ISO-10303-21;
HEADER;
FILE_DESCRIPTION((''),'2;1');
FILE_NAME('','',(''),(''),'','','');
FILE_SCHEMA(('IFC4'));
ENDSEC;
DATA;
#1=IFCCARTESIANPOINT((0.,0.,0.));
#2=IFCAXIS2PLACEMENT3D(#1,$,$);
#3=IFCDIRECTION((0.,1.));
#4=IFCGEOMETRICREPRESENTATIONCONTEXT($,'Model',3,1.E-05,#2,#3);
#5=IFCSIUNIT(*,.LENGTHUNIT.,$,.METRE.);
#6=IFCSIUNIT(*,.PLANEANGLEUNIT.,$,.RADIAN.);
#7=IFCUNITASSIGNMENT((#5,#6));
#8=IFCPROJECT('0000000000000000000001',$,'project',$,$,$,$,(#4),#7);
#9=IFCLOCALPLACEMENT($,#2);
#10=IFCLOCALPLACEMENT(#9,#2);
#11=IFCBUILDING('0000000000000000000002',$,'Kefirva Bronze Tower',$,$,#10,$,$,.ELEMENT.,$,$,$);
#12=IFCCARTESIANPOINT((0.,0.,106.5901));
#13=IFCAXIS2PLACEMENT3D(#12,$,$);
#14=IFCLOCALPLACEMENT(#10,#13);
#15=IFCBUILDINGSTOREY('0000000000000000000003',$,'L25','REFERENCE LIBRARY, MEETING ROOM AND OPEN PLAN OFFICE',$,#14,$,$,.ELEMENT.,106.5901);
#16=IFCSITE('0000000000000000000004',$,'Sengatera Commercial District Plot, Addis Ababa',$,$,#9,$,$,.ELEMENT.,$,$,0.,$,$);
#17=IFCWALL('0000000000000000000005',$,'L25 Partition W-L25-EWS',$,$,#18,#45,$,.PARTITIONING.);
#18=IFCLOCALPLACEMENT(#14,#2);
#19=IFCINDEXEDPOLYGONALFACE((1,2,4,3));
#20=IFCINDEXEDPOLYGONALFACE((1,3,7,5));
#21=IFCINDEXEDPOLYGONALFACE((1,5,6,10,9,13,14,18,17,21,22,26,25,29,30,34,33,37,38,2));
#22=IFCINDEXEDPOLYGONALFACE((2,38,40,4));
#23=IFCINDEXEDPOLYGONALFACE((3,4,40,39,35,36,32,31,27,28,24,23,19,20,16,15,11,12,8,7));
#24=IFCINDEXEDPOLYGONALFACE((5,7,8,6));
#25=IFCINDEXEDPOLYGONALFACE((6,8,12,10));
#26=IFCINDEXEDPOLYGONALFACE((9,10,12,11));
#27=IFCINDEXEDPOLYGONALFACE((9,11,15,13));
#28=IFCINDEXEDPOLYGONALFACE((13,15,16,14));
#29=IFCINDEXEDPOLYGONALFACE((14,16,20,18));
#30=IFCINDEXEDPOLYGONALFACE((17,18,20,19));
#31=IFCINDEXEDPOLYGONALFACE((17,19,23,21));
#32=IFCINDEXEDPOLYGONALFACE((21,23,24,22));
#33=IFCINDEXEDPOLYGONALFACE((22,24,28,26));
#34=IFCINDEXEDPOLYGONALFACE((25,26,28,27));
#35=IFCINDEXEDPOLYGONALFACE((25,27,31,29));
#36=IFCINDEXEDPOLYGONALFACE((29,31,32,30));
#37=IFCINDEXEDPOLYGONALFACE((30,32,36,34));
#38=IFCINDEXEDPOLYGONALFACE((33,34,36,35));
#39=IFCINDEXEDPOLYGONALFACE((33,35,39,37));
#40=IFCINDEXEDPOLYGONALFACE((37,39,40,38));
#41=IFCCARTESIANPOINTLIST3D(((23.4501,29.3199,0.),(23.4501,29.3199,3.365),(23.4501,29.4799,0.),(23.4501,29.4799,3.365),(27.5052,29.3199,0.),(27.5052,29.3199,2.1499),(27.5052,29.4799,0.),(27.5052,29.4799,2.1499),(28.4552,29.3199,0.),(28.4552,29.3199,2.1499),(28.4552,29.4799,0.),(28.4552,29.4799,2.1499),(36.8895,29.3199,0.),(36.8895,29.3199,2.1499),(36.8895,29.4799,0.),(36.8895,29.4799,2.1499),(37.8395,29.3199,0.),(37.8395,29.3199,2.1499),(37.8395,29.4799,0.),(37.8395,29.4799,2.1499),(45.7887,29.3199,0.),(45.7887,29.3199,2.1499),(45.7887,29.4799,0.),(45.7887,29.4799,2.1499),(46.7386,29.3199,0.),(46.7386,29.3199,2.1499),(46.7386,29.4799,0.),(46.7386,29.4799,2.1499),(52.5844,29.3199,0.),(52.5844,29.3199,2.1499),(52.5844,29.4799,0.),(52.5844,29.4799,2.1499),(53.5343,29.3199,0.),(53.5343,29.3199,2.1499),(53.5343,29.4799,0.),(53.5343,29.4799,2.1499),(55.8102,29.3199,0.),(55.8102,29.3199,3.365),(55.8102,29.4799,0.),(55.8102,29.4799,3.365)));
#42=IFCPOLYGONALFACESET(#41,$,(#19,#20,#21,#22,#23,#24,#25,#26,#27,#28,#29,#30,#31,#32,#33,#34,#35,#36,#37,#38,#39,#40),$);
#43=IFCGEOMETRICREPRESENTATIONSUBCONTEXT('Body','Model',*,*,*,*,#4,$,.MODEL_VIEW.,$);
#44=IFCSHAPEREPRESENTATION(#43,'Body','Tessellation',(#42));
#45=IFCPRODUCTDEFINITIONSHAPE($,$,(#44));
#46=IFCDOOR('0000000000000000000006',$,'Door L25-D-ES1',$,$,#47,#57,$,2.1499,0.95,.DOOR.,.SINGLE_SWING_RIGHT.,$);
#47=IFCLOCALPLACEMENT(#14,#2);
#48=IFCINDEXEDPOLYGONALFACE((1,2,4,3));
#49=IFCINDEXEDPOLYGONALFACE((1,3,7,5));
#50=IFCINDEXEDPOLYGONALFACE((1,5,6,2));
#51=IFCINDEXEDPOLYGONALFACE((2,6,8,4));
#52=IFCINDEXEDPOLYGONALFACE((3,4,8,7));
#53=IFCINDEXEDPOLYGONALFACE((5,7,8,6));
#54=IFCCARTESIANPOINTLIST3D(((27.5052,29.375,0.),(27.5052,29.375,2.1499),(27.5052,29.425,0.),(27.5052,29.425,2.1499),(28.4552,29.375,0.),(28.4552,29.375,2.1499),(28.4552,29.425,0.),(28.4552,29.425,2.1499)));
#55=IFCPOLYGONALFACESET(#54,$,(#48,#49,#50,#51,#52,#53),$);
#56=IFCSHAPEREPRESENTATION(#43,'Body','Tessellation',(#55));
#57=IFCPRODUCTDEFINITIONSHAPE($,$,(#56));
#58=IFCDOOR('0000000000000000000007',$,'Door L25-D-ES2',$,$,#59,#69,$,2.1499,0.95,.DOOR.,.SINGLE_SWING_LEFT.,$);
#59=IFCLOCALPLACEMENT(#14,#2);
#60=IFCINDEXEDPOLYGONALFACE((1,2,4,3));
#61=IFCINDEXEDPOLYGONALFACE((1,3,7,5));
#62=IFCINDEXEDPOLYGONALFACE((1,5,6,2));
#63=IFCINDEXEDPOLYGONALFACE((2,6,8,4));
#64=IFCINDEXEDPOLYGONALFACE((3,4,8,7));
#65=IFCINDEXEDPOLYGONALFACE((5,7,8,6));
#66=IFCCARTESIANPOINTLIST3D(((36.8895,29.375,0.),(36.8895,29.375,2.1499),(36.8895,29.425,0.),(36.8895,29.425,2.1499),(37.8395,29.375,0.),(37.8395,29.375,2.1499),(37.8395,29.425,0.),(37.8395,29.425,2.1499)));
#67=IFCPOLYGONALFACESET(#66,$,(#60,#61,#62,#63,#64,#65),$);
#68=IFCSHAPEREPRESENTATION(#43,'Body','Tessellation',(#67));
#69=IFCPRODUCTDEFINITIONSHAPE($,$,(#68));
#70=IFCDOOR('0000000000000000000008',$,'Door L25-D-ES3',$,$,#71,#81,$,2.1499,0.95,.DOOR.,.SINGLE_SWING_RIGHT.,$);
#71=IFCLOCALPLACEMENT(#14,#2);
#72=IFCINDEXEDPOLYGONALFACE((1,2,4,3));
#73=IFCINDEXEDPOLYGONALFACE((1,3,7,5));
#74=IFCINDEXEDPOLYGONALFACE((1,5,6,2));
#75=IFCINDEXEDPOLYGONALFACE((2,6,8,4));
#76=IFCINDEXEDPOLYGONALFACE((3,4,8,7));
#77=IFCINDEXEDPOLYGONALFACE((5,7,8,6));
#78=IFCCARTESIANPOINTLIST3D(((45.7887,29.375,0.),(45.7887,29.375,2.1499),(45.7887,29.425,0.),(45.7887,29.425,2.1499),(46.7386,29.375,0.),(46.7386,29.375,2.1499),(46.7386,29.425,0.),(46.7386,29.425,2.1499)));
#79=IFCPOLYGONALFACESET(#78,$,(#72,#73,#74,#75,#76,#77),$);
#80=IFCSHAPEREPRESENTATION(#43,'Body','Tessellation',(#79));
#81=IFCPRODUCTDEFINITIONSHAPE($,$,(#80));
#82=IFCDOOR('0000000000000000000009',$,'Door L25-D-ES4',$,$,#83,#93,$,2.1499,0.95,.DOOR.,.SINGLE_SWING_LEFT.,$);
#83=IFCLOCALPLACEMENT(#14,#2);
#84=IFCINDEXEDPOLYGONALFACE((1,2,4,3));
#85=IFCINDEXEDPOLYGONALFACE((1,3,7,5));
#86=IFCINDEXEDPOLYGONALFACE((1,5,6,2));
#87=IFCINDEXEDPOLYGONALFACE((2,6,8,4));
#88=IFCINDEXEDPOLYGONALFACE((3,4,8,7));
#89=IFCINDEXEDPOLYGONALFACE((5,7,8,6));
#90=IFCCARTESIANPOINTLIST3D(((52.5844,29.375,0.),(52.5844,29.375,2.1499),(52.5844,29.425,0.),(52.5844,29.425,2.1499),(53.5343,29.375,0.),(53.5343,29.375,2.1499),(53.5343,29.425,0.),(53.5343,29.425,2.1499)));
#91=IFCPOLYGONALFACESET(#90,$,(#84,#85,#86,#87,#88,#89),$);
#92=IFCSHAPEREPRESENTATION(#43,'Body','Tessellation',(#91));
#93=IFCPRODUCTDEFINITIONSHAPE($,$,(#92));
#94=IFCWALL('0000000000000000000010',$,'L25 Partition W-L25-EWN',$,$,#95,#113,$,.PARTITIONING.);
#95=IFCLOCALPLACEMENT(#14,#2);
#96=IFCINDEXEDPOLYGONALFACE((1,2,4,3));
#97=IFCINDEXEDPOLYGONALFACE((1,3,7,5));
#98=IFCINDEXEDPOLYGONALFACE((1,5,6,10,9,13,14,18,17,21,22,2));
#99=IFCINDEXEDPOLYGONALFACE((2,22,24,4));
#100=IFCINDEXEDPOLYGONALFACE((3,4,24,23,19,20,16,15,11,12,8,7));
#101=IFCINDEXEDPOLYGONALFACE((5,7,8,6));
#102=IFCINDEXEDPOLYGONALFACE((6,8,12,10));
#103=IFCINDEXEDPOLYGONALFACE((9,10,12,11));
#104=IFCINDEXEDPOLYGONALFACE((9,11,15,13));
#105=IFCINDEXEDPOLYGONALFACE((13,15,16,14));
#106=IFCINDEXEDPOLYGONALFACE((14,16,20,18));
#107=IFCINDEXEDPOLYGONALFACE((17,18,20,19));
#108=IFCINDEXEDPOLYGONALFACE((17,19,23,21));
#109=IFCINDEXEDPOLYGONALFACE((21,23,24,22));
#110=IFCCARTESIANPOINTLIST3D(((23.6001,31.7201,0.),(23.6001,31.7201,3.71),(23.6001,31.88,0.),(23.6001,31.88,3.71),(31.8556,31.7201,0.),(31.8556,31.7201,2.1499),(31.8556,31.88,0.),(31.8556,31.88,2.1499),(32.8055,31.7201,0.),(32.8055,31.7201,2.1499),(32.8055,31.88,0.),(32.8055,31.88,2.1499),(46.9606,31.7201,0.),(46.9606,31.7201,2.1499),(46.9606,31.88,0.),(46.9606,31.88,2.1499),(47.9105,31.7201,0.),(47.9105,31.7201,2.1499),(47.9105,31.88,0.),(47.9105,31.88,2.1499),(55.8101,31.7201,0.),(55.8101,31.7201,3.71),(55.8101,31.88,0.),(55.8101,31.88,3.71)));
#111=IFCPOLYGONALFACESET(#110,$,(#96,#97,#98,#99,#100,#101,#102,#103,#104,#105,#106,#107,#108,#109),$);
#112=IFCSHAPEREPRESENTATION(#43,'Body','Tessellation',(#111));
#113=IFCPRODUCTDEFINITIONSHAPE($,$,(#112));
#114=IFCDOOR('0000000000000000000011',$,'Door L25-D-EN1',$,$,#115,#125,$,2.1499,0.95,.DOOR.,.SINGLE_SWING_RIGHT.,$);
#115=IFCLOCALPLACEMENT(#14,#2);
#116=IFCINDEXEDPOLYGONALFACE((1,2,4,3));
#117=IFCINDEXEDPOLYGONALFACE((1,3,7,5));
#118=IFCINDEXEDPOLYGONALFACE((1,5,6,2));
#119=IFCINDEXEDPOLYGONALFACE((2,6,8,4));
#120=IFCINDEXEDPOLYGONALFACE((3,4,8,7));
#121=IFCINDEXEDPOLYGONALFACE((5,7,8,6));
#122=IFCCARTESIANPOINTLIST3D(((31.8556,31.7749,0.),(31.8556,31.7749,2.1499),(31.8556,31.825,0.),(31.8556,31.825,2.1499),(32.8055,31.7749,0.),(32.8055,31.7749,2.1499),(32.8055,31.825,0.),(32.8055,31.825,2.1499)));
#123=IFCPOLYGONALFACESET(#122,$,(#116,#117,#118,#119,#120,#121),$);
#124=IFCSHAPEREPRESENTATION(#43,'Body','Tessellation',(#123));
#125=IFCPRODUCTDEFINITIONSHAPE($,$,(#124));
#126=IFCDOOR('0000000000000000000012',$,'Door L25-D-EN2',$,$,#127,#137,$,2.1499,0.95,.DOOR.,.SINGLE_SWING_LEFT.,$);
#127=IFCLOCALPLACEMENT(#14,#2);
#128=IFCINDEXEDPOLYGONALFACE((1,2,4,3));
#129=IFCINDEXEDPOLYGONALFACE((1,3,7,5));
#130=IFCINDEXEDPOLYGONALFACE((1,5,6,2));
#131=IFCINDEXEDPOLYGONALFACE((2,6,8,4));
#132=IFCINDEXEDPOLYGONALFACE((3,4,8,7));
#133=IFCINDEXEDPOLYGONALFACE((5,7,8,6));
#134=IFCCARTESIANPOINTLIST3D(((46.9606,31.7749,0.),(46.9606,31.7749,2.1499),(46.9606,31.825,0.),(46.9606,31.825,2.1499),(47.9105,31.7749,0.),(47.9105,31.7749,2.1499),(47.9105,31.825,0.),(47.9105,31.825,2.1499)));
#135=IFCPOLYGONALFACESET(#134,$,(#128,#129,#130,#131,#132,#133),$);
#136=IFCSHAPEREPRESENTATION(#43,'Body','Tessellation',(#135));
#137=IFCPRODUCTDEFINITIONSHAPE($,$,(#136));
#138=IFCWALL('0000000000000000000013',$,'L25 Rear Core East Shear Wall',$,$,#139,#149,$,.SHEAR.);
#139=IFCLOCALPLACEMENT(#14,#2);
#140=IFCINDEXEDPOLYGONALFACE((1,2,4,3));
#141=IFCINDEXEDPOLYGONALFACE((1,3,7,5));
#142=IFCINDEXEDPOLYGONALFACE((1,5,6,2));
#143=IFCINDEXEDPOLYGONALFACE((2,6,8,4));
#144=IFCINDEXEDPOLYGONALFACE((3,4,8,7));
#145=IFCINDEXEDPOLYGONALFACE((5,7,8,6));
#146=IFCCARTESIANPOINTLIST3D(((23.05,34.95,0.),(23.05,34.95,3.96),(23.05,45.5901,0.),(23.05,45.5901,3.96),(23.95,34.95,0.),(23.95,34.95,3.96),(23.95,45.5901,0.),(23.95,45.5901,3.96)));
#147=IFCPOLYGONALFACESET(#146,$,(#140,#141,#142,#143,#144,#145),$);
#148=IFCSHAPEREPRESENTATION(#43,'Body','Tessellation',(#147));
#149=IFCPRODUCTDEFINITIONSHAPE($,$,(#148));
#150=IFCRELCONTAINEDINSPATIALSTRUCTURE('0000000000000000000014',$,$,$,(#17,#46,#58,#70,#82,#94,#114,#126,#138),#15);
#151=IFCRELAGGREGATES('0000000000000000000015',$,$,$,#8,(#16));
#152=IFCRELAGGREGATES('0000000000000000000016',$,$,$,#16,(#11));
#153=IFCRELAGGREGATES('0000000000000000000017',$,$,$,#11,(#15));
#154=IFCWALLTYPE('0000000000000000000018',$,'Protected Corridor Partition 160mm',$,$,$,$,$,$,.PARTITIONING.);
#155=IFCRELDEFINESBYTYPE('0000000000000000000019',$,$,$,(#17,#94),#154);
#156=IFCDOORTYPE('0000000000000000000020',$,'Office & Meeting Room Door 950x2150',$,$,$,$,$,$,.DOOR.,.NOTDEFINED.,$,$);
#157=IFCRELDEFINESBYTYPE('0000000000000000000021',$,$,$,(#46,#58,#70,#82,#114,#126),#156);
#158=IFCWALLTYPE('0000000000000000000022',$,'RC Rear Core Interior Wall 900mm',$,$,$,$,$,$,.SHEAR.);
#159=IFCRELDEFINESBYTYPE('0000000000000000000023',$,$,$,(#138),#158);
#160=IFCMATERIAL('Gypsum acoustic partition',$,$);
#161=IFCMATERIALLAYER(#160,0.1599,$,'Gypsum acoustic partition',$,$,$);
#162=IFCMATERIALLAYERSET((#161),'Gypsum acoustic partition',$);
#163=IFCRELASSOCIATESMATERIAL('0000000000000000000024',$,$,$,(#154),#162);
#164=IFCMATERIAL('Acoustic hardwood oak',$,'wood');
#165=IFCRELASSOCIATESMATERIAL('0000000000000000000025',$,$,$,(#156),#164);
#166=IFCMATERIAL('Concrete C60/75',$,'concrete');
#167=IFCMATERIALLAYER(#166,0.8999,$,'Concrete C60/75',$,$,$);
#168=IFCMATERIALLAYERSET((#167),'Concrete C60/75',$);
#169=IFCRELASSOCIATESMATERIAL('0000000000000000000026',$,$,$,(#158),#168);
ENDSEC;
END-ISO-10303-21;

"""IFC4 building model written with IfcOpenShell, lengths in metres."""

from ifc_helpers import new_model, si_unit, direction, frame, frame_2d, origin, place, context, subcontext, project, spatial, rectangle, extrude, material, layer, layer_set, type_object, element, fill, save


model = new_model("IFC4")

# Units and contexts
model_context = context("Model", 3, precision=1e-05, world=origin(), true_north=direction((0.0, 1.0)))
body_context = subcontext(model_context, "Body", "Model", "MODEL_VIEW")
ifc_project = project(units=[si_unit("LENGTHUNIT", "METRE"), si_unit("PLANEANGLEUNIT", "RADIAN")], contexts=[model_context])

# Site, building, storey
site_placement = place(None, origin())
site = spatial("IfcSite", under=ifc_project, at=site_placement, Name="Sengatera Commercial District Plot, Addis Ababa", CompositionType="ELEMENT", RefElevation=0.0)
building_placement = place(site_placement, origin())
building = spatial("IfcBuilding", under=site, at=building_placement, Name="Kefirva Bronze Tower", CompositionType="ELEMENT")
storey_placement = place(building_placement, frame((0.0, 0.0, 106.5901)))
storey = spatial("IfcBuildingStorey", under=building, at=storey_placement, Name="L25", Description="REFERENCE LIBRARY, MEETING ROOM AND OPEN PLAN OFFICE", CompositionType="ELEMENT", Elevation=106.5901)

# Shared definitions
ifc_material_1 = material(Name="Concrete C60/75", Category="concrete")

# Walls, openings, doors
ifc_material_2 = material(Name="Gypsum acoustic partition")
ifc_layer_1 = layer(ifc_material_2, 0.1599, Name="Gypsum acoustic partition")
ifc_layer_set_1 = layer_set([ifc_layer_1], Name="Gypsum acoustic partition")
wall_type_1 = type_object("IfcWallType", Name="Protected Corridor Partition 160mm", PredefinedType="PARTITIONING", material=ifc_layer_set_1)
wall_1_placement = place(storey_placement, frame((23.45, 29.3999, 0.0), z_axis=(0.0, 0.0, 1.0), x_axis=(1.0, 0.0, 0.0)))
wall_1 = element("IfcWall", 1, at=wall_1_placement, inside=storey, type_object=wall_type_1, Name="L25 Partition W-L25-EWS", PredefinedType="PARTITIONING", context=body_context, shape_type="SweptSolid", body=[
    extrude(rectangle(XDim=32.3601, YDim=0.1599, at=frame_2d((16.1802, 0.0))), origin(), (0.0, 0.0, 1.0), 3.365),
])
opening_1_placement = place(wall_1_placement, frame((5.0054, 0.0, 0.0), z_axis=(0.0, 0.0, 1.0), x_axis=(-1.0, 0.0, 0.0)))
opening_1 = element("IfcOpeningElement", 2, at=opening_1_placement, cuts=wall_1, PredefinedType="OPENING", context=body_context, shape_type="SweptSolid", body=[
    extrude(rectangle(XDim=0.95, YDim=2.1499, at=frame_2d((0.4751, 1.075))), frame((0.0, 0.0898, 0.0), z_axis=(0.0, -1.0, 0.0), x_axis=(1.0, 0.0, 0.0)), (0.0, 0.0, 1.0), 0.1799),
])
opening_2_placement = place(wall_1_placement, frame((14.3896, 0.0, 0.0), z_axis=(0.0, 0.0, 1.0), x_axis=(-1.0, 0.0, 0.0)))
opening_2 = element("IfcOpeningElement", 3, at=opening_2_placement, cuts=wall_1, PredefinedType="OPENING", context=body_context, shape_type="SweptSolid", body=[
    extrude(rectangle(XDim=0.95, YDim=2.1499, at=frame_2d((0.4751, 1.075))), frame((0.0, 0.0898, 0.0), z_axis=(0.0, -1.0, 0.0), x_axis=(1.0, 0.0, 0.0)), (0.0, 0.0, 1.0), 0.1799),
])
opening_3_placement = place(wall_1_placement, frame((23.2888, 0.0, 0.0), z_axis=(0.0, 0.0, 1.0), x_axis=(-1.0, 0.0, 0.0)))
opening_3 = element("IfcOpeningElement", 4, at=opening_3_placement, cuts=wall_1, PredefinedType="OPENING", context=body_context, shape_type="SweptSolid", body=[
    extrude(rectangle(XDim=0.95, YDim=2.1499, at=frame_2d((0.4751, 1.075))), frame((0.0, 0.0898, 0.0), z_axis=(0.0, -1.0, 0.0), x_axis=(1.0, 0.0, 0.0)), (0.0, 0.0, 1.0), 0.1799),
])
opening_4_placement = place(wall_1_placement, frame((30.0845, 0.0, 0.0), z_axis=(0.0, 0.0, 1.0), x_axis=(-1.0, 0.0, 0.0)))
opening_4 = element("IfcOpeningElement", 5, at=opening_4_placement, cuts=wall_1, PredefinedType="OPENING", context=body_context, shape_type="SweptSolid", body=[
    extrude(rectangle(XDim=0.95, YDim=2.1499, at=frame_2d((0.4751, 1.075))), frame((0.0, 0.0898, 0.0), z_axis=(0.0, -1.0, 0.0), x_axis=(1.0, 0.0, 0.0)), (0.0, 0.0, 1.0), 0.1799),
])
ifc_material_3 = material(Name="Acoustic hardwood oak", Category="wood")
door_type_1 = type_object("IfcDoorType", Name="Office & Meeting Room Door 950x2150", OperationType="NOTDEFINED", PredefinedType="DOOR", material=ifc_material_3)
door_1_placement = place(opening_1_placement, origin())
door_1 = element("IfcDoor", 6, at=door_1_placement, inside=storey, type_object=door_type_1, Name="Door L25-D-ES1", OperationType="SINGLE_SWING_RIGHT", OverallHeight=2.1499, OverallWidth=0.95, PredefinedType="DOOR", context=body_context, shape_type="SweptSolid", body=[
    extrude(rectangle(XDim=0.95, YDim=2.1499, at=frame_2d((0.4751, 1.075))), frame((0.0, 0.0249, 0.0), z_axis=(0.0, -1.0, 0.0), x_axis=(1.0, 0.0, 0.0)), (0.0, 0.0, 1.0), 0.05),
])
fill(opening_1, door_1)
door_2_placement = place(opening_2_placement, origin())
door_2 = element("IfcDoor", 7, at=door_2_placement, inside=storey, type_object=door_type_1, Name="Door L25-D-ES2", OperationType="SINGLE_SWING_LEFT", OverallHeight=2.1499, OverallWidth=0.95, PredefinedType="DOOR", context=body_context, shape_type="SweptSolid", body=[
    extrude(rectangle(XDim=0.95, YDim=2.1499, at=frame_2d((0.4751, 1.075))), frame((0.0, 0.0249, 0.0), z_axis=(0.0, -1.0, 0.0), x_axis=(1.0, 0.0, 0.0)), (0.0, 0.0, 1.0), 0.05),
])
fill(opening_2, door_2)
door_3_placement = place(opening_3_placement, origin())
door_3 = element("IfcDoor", 8, at=door_3_placement, inside=storey, type_object=door_type_1, Name="Door L25-D-ES3", OperationType="SINGLE_SWING_RIGHT", OverallHeight=2.1499, OverallWidth=0.95, PredefinedType="DOOR", context=body_context, shape_type="SweptSolid", body=[
    extrude(rectangle(XDim=0.95, YDim=2.1499, at=frame_2d((0.4751, 1.075))), frame((0.0, 0.0249, 0.0), z_axis=(0.0, -1.0, 0.0), x_axis=(1.0, 0.0, 0.0)), (0.0, 0.0, 1.0), 0.05),
])
fill(opening_3, door_3)
door_4_placement = place(opening_4_placement, origin())
door_4 = element("IfcDoor", 9, at=door_4_placement, inside=storey, type_object=door_type_1, Name="Door L25-D-ES4", OperationType="SINGLE_SWING_LEFT", OverallHeight=2.1499, OverallWidth=0.95, PredefinedType="DOOR", context=body_context, shape_type="SweptSolid", body=[
    extrude(rectangle(XDim=0.95, YDim=2.1499, at=frame_2d((0.4751, 1.075))), frame((0.0, 0.0249, 0.0), z_axis=(0.0, -1.0, 0.0), x_axis=(1.0, 0.0, 0.0)), (0.0, 0.0, 1.0), 0.05),
])
fill(opening_4, door_4)
wall_2_placement = place(storey_placement, frame((23.6001, 31.8, 0.0), z_axis=(0.0, 0.0, 1.0), x_axis=(1.0, 0.0, 0.0)))
wall_2 = element("IfcWall", 10, at=wall_2_placement, inside=storey, type_object=wall_type_1, Name="L25 Partition W-L25-EWN", PredefinedType="PARTITIONING", context=body_context, shape_type="SweptSolid", body=[
    extrude(rectangle(XDim=32.21, YDim=0.1599, at=frame_2d((16.105, 0.0))), origin(), (0.0, 0.0, 1.0), 3.71),
])
opening_5_placement = place(wall_2_placement, frame((8.2554, 0.0, 0.0)))
opening_5 = element("IfcOpeningElement", 11, at=opening_5_placement, cuts=wall_2, PredefinedType="OPENING", context=body_context, shape_type="SweptSolid", body=[
    extrude(rectangle(XDim=0.95, YDim=2.1499, at=frame_2d((0.4751, 1.075))), frame((0.0, 0.0898, 0.0), z_axis=(0.0, -1.0, 0.0), x_axis=(1.0, 0.0, 0.0)), (0.0, 0.0, 1.0), 0.1799),
])
opening_6_placement = place(wall_2_placement, frame((23.3604, 0.0, 0.0)))
opening_6 = element("IfcOpeningElement", 12, at=opening_6_placement, cuts=wall_2, PredefinedType="OPENING", context=body_context, shape_type="SweptSolid", body=[
    extrude(rectangle(XDim=0.95, YDim=2.1499, at=frame_2d((0.4751, 1.075))), frame((0.0, 0.0898, 0.0), z_axis=(0.0, -1.0, 0.0), x_axis=(1.0, 0.0, 0.0)), (0.0, 0.0, 1.0), 0.1799),
])
door_5_placement = place(opening_5_placement, origin())
door_5 = element("IfcDoor", 13, at=door_5_placement, inside=storey, type_object=door_type_1, Name="Door L25-D-EN1", OperationType="SINGLE_SWING_RIGHT", OverallHeight=2.1499, OverallWidth=0.95, PredefinedType="DOOR", context=body_context, shape_type="SweptSolid", body=[
    extrude(rectangle(XDim=0.95, YDim=2.1499, at=frame_2d((0.4751, 1.075))), frame((0.0, 0.0249, 0.0), z_axis=(0.0, -1.0, 0.0), x_axis=(1.0, 0.0, 0.0)), (0.0, 0.0, 1.0), 0.05),
])
fill(opening_5, door_5)
door_6_placement = place(opening_6_placement, origin())
door_6 = element("IfcDoor", 14, at=door_6_placement, inside=storey, type_object=door_type_1, Name="Door L25-D-EN2", OperationType="SINGLE_SWING_LEFT", OverallHeight=2.1499, OverallWidth=0.95, PredefinedType="DOOR", context=body_context, shape_type="SweptSolid", body=[
    extrude(rectangle(XDim=0.95, YDim=2.1499, at=frame_2d((0.4751, 1.075))), frame((0.0, 0.0249, 0.0), z_axis=(0.0, -1.0, 0.0), x_axis=(1.0, 0.0, 0.0)), (0.0, 0.0, 1.0), 0.05),
])
fill(opening_6, door_6)

# Wall
ifc_layer_2 = layer(ifc_material_1, 0.8999, Name="Concrete C60/75")
ifc_layer_set_2 = layer_set([ifc_layer_2], Name="Concrete C60/75")
wall_type_2 = type_object("IfcWallType", Name="RC Rear Core Interior Wall 900mm", PredefinedType="SHEAR", material=ifc_layer_set_2)
wall_3_placement = place(storey_placement, frame((23.5, 34.95, 0.0), z_axis=(0.0, 0.0, 1.0), x_axis=(0.0, 1.0, 0.0)))
element("IfcWall", 15, at=wall_3_placement, inside=storey, type_object=wall_type_2, Name="L25 Rear Core East Shear Wall", PredefinedType="SHEAR", context=body_context, shape_type="SweptSolid", body=[
    extrude(rectangle(XDim=10.6401, YDim=0.8999, at=frame_2d((5.3201, 0.0))), origin(), (0.0, 0.0, 1.0), 3.96),
])

save(model, "model.ifc")
